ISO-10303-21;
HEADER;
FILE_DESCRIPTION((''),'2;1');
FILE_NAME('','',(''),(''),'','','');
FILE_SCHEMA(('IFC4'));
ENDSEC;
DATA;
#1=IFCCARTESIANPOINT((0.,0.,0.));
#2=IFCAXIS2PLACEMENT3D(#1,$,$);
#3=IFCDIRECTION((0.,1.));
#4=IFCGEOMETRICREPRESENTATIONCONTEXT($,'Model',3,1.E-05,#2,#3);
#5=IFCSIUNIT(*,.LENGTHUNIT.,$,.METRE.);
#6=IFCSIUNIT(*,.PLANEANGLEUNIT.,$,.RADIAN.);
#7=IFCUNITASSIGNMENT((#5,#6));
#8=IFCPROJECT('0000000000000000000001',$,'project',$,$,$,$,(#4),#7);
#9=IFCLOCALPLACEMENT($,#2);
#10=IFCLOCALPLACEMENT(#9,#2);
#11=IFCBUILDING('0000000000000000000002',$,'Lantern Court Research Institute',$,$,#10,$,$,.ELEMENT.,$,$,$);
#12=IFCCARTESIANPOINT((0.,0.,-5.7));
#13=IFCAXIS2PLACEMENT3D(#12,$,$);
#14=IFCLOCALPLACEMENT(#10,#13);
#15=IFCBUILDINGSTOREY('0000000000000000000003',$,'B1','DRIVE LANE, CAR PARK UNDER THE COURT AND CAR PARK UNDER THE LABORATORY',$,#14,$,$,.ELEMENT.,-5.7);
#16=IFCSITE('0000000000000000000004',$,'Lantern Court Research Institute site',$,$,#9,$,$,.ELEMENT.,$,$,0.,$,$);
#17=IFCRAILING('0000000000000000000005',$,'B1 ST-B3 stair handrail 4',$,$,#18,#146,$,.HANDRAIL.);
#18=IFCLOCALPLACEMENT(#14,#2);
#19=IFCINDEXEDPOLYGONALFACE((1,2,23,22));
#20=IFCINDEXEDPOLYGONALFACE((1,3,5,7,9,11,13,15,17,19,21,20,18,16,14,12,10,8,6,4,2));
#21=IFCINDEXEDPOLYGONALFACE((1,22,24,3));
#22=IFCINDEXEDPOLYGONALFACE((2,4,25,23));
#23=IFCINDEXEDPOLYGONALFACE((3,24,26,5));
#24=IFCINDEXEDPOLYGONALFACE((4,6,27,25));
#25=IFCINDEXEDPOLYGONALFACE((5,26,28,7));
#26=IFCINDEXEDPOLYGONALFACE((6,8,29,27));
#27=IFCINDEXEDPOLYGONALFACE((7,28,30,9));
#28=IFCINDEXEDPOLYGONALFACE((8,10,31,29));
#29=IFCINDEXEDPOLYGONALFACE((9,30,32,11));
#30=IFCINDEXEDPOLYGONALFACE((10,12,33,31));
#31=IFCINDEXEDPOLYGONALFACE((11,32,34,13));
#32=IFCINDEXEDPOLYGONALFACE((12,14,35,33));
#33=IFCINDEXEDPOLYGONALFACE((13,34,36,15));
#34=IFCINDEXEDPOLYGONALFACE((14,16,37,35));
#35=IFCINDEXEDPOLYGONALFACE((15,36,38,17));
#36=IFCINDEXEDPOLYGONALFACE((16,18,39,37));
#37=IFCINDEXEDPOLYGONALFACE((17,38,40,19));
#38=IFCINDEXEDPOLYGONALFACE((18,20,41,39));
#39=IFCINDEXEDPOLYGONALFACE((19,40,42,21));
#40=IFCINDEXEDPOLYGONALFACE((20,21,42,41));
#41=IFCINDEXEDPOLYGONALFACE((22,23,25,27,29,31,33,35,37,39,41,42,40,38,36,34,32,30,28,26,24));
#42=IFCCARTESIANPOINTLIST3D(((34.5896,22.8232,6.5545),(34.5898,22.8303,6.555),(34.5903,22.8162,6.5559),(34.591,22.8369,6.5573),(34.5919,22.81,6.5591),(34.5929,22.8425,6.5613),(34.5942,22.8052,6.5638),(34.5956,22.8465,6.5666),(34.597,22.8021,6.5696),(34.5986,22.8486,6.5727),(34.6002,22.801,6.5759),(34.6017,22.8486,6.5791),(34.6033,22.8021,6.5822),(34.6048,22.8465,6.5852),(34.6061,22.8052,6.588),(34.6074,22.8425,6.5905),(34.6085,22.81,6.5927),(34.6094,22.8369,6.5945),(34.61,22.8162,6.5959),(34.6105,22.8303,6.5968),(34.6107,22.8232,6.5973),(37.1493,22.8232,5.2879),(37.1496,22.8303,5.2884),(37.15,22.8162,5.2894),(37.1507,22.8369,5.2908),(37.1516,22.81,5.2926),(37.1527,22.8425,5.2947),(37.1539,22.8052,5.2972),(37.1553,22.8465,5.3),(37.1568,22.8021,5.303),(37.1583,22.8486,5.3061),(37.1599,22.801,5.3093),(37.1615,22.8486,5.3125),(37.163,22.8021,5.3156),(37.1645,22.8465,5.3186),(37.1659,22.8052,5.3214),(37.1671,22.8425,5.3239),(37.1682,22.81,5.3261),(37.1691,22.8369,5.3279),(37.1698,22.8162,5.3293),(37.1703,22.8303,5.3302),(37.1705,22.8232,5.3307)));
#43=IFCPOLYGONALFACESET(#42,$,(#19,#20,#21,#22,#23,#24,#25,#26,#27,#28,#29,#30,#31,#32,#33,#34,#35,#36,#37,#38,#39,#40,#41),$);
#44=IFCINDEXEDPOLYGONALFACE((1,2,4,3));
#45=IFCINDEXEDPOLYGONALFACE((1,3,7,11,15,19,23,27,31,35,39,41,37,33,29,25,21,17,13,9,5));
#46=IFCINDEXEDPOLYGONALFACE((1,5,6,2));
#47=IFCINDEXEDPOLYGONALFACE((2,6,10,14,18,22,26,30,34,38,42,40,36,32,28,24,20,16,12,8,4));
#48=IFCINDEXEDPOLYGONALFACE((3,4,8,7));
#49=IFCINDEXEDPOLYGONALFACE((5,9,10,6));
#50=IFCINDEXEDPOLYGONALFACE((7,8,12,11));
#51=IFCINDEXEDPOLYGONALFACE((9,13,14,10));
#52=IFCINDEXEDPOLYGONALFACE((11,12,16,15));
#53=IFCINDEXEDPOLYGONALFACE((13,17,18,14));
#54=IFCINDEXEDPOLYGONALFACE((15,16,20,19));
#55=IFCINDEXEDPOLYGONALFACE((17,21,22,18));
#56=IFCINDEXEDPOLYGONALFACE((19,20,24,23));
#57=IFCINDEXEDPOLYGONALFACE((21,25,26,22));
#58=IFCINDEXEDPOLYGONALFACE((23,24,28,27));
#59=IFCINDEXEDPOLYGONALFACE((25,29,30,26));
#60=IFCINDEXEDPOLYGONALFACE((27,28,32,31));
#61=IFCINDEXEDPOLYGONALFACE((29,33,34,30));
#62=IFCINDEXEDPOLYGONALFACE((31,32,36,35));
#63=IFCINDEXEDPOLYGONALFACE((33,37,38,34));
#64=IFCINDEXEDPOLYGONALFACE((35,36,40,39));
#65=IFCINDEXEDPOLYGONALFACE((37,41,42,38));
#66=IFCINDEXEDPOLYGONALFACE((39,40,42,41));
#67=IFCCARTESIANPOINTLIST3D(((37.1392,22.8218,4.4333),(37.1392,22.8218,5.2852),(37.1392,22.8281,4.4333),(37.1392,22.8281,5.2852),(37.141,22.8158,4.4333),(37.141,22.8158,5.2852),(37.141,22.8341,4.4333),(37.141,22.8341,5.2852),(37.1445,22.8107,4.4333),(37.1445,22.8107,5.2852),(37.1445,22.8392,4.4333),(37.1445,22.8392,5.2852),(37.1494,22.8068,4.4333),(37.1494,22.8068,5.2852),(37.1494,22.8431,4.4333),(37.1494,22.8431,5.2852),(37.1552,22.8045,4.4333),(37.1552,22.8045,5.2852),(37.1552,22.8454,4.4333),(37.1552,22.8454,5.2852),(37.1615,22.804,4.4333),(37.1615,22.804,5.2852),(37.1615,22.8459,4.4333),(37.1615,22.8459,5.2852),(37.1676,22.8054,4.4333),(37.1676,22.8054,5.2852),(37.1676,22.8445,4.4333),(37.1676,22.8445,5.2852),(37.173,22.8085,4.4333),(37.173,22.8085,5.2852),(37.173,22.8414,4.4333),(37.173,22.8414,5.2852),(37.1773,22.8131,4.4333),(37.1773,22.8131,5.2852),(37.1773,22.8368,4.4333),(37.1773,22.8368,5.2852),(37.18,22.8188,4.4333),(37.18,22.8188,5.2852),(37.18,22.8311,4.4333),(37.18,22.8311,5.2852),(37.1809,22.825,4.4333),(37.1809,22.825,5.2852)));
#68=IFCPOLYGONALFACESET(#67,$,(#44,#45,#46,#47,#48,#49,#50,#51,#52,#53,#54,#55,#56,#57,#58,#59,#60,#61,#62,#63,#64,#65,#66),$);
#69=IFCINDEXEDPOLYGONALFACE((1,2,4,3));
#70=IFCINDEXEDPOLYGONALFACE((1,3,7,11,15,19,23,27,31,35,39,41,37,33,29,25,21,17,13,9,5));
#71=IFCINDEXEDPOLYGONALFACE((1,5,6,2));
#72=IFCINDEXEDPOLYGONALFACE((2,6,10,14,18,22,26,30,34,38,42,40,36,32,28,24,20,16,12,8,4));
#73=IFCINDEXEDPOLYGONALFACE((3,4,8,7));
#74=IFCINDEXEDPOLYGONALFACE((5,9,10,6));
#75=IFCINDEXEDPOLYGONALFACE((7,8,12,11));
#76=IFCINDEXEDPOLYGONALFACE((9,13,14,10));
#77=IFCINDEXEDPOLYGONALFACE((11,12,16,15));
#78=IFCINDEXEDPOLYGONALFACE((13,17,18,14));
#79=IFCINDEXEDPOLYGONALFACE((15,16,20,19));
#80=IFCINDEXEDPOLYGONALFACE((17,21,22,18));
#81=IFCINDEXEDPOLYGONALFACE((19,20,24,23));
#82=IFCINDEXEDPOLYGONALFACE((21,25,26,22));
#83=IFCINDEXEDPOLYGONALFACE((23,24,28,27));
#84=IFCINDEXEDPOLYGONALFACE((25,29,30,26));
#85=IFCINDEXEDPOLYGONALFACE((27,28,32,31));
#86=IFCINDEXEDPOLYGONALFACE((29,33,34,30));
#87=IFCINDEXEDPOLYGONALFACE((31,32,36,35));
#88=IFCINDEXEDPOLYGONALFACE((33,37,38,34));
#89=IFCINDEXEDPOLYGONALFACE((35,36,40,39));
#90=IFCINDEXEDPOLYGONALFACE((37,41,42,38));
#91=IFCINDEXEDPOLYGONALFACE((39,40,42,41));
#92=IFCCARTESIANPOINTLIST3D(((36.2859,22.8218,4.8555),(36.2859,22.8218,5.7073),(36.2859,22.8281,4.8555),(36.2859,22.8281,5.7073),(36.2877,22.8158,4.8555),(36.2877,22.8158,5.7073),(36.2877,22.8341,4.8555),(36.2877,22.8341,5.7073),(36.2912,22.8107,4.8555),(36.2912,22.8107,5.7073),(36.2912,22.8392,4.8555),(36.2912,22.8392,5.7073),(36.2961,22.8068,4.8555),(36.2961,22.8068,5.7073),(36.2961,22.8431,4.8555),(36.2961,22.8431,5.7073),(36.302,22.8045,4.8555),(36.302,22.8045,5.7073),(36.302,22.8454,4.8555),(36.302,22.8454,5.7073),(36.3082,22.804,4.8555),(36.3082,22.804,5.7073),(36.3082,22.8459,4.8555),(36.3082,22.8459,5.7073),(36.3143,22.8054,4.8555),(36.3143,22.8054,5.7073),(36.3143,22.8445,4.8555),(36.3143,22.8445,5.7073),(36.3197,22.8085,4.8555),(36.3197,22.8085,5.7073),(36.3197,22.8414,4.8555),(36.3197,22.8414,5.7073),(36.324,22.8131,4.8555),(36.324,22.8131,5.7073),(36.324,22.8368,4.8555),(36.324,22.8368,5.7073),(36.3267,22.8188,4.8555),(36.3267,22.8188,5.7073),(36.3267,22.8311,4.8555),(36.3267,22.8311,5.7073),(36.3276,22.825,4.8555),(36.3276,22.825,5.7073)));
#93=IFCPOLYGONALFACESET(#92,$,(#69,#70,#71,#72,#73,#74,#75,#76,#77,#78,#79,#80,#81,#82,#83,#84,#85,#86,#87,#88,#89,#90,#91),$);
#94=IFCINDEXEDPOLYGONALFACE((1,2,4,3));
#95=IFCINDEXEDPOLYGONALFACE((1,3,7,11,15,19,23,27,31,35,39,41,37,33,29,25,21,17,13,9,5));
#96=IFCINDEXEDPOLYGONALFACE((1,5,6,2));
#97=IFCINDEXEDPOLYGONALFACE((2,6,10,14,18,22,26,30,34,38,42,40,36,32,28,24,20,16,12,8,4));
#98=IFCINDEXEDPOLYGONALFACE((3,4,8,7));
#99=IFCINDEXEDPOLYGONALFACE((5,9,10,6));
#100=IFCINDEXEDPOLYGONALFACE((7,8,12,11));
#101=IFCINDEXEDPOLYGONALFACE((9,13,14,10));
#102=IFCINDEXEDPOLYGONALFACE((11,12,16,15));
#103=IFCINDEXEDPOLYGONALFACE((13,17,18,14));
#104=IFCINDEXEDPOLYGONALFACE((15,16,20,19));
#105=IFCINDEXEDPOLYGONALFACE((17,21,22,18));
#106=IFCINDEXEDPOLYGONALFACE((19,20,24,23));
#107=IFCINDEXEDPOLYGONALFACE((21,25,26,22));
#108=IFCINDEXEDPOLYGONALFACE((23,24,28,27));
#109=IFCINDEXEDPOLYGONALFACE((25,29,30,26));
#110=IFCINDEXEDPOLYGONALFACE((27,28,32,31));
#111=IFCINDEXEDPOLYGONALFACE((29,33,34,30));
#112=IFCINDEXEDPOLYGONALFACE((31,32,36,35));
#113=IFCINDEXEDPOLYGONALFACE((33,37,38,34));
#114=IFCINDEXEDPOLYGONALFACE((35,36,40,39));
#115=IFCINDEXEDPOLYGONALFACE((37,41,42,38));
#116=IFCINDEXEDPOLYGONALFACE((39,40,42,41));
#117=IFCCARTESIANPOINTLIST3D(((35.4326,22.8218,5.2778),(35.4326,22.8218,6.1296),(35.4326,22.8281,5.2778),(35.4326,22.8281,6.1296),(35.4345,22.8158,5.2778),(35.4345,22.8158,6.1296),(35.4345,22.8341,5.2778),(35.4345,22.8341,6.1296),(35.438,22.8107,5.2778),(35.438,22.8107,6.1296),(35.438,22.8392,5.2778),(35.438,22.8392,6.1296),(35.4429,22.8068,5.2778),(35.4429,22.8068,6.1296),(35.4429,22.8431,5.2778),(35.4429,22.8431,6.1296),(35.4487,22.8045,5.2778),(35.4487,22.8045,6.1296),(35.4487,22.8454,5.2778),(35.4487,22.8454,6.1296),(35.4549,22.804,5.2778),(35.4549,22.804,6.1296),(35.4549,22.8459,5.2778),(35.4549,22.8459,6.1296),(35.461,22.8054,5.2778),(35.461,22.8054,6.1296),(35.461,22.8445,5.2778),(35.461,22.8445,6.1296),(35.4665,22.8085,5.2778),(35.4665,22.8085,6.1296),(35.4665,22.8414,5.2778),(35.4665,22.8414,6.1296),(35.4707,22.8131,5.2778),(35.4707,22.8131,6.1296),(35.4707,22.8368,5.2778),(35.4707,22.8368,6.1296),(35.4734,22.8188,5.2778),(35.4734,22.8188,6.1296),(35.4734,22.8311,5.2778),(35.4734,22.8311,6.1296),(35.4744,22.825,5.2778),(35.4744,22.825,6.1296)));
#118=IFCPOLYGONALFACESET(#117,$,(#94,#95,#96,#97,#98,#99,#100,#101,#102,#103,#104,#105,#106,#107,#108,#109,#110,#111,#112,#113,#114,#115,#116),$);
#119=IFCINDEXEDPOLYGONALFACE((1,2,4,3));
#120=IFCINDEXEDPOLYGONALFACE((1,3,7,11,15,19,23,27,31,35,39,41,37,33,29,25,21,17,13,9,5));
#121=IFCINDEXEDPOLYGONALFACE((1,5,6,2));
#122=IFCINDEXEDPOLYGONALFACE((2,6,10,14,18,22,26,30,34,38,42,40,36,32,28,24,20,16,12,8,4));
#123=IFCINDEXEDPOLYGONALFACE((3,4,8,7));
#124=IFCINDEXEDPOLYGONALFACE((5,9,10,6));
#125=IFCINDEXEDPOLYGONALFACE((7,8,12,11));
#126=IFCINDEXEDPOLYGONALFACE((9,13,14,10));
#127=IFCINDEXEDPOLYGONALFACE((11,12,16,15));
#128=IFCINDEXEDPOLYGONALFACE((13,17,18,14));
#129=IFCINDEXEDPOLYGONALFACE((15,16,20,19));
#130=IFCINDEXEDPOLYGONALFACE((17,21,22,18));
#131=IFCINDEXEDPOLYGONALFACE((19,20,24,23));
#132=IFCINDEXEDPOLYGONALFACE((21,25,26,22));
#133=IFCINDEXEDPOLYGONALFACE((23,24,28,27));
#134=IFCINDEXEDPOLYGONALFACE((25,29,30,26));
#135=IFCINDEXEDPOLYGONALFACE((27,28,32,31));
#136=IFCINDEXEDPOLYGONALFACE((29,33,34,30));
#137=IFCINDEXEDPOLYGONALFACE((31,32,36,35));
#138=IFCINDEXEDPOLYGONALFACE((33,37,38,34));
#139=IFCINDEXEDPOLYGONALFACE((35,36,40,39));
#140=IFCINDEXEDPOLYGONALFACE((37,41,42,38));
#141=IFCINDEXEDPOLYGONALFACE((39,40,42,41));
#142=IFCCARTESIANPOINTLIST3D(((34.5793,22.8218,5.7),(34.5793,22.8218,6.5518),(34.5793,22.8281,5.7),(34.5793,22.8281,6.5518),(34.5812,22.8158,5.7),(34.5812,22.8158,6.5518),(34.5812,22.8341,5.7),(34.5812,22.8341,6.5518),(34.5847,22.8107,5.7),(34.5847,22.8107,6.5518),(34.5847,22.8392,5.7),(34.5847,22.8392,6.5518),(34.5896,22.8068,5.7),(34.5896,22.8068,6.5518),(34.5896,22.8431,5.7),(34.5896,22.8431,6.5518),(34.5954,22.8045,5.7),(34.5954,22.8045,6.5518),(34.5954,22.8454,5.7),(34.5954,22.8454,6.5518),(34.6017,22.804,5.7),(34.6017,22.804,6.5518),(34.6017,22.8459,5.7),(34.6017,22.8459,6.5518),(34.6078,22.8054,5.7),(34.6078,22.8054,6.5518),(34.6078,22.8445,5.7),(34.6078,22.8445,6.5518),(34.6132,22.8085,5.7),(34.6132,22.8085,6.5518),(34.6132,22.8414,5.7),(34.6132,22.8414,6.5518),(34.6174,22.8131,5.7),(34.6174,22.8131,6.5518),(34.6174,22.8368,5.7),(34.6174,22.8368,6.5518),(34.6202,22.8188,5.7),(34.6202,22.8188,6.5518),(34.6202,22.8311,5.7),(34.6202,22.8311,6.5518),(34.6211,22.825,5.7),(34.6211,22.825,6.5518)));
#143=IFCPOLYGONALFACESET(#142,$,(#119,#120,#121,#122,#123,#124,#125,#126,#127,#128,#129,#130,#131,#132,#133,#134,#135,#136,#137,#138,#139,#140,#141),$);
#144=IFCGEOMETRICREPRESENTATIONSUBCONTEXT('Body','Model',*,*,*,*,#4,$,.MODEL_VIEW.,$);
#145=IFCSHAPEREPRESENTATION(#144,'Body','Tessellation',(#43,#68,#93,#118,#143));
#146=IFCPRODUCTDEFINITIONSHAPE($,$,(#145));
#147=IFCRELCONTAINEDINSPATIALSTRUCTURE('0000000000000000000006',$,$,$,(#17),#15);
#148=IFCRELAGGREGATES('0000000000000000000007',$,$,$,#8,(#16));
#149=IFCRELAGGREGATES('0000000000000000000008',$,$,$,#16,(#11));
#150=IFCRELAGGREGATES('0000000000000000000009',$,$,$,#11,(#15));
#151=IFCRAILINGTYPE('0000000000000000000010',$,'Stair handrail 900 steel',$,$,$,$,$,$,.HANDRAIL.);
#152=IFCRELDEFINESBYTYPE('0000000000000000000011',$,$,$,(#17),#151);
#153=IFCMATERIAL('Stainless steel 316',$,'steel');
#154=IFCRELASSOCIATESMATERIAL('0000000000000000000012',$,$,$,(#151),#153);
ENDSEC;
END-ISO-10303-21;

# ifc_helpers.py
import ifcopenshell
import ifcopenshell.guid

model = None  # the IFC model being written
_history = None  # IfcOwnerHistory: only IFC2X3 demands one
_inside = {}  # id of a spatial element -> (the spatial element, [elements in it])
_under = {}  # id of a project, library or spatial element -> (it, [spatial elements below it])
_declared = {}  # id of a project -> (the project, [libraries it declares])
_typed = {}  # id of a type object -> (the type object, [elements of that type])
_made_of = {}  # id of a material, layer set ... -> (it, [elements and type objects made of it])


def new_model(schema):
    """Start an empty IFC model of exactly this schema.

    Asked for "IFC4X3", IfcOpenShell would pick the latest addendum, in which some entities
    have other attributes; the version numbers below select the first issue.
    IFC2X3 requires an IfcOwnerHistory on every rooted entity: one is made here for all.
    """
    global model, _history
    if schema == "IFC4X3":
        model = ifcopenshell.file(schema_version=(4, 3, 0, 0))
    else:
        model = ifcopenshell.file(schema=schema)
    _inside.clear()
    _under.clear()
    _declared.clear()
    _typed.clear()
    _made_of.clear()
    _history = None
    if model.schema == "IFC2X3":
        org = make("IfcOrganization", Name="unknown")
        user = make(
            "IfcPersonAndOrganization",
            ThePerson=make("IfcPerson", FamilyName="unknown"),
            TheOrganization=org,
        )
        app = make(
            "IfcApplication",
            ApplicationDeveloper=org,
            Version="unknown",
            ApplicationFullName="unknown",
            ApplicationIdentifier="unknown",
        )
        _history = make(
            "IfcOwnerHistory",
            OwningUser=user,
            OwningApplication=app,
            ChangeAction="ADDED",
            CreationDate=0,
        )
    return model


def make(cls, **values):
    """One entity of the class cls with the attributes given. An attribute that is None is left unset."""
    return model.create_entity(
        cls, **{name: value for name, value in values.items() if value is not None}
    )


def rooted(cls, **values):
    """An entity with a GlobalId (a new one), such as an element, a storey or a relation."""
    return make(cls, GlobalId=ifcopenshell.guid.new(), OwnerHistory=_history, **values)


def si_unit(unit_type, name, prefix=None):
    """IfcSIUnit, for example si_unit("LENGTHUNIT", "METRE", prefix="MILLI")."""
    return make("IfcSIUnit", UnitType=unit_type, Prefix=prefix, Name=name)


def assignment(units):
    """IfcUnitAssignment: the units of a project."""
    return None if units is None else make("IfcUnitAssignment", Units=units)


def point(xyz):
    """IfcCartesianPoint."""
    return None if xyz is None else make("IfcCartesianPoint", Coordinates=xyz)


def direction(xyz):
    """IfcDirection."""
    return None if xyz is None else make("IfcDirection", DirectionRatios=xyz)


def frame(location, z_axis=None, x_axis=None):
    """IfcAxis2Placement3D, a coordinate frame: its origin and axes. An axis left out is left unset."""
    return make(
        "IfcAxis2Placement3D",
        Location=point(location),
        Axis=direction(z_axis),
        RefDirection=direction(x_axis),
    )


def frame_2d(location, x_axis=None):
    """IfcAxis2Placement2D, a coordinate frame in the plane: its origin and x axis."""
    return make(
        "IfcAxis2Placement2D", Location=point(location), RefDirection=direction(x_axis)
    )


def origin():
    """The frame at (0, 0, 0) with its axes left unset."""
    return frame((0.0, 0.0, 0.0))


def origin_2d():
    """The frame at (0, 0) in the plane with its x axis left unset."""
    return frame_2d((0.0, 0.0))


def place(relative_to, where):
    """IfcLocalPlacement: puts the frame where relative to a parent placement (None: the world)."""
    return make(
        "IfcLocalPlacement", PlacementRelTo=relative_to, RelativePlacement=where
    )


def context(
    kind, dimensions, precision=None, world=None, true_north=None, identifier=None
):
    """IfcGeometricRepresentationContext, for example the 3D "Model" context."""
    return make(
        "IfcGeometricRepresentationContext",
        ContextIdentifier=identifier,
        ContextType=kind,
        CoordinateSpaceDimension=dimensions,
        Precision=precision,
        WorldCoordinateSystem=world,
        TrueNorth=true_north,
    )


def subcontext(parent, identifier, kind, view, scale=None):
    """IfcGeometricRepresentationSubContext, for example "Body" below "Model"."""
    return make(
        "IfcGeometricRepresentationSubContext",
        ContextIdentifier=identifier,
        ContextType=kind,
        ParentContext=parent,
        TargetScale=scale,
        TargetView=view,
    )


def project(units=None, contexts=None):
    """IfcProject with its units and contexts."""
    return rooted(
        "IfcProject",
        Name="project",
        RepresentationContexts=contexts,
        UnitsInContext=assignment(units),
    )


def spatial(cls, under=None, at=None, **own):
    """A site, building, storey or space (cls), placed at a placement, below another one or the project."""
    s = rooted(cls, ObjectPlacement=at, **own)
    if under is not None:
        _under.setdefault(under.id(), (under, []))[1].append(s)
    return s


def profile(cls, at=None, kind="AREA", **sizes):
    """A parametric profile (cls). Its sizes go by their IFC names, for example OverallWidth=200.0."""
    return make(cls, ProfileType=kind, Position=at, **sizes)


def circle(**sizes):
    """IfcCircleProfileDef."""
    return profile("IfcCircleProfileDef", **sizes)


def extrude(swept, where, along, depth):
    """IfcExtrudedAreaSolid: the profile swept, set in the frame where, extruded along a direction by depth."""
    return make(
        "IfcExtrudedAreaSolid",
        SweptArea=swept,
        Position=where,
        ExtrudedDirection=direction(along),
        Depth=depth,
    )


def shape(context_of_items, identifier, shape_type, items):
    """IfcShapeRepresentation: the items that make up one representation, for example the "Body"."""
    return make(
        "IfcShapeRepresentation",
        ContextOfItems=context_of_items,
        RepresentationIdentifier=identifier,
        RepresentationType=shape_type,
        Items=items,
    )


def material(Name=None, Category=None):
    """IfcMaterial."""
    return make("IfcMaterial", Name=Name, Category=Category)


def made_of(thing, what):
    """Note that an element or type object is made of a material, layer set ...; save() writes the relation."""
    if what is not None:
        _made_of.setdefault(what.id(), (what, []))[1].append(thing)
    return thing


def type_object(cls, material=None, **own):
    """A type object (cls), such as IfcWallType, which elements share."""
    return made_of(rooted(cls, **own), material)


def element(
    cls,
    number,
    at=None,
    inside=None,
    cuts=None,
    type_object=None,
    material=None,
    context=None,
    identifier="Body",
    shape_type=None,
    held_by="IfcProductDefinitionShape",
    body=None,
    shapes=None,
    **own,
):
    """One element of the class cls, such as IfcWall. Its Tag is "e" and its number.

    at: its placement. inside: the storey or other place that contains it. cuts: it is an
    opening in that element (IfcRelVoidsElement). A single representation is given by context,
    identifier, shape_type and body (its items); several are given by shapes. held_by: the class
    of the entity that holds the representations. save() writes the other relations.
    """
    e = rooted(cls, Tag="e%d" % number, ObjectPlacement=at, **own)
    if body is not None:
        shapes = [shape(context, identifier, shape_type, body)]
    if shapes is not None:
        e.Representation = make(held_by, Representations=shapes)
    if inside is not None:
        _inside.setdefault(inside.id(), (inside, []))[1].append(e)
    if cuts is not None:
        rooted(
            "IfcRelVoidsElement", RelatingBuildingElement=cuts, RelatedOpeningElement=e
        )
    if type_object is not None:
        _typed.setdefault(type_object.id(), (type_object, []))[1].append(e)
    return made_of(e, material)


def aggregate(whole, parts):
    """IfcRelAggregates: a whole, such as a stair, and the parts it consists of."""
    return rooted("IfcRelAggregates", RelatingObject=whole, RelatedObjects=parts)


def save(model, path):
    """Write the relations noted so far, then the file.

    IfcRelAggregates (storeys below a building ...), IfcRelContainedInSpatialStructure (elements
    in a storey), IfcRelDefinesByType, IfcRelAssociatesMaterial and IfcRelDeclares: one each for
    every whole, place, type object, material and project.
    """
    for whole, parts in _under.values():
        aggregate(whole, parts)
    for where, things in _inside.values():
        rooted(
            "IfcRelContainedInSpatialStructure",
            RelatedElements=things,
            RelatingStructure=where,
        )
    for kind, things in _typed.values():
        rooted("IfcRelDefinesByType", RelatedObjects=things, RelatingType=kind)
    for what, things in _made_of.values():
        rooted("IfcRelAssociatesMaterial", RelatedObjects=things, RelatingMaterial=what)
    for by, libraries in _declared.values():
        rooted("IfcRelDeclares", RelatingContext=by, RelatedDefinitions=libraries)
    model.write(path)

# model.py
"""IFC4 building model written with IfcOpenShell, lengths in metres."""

from ifc_helpers import new_model, si_unit, direction, frame, origin, origin_2d, place, context, subcontext, project, spatial, circle, extrude, material, type_object, element, save


model = new_model("IFC4")

# Units and contexts
model_context = context("Model", 3, precision=1e-05, world=origin(), true_north=direction((0.0, 1.0)))
body_context = subcontext(model_context, "Body", "Model", "MODEL_VIEW")
ifc_project = project(units=[si_unit("LENGTHUNIT", "METRE"), si_unit("PLANEANGLEUNIT", "RADIAN")], contexts=[model_context])

# Site, building, storey
site_placement = place(None, origin())
site = spatial("IfcSite", under=ifc_project, at=site_placement, Name="Lantern Court Research Institute site", CompositionType="ELEMENT", RefElevation=0.0)
building_placement = place(site_placement, origin())
building = spatial("IfcBuilding", under=site, at=building_placement, Name="Lantern Court Research Institute", CompositionType="ELEMENT")
storey_placement = place(building_placement, frame((0.0, 0.0, -5.7)))
storey = spatial("IfcBuildingStorey", under=building, at=storey_placement, Name="B1", Description="DRIVE LANE, CAR PARK UNDER THE COURT AND CAR PARK UNDER THE LABORATORY", CompositionType="ELEMENT", Elevation=-5.7)

# Railing
ifc_material_1 = material(Name="Stainless steel 316", Category="steel")
railing_type_1 = type_object("IfcRailingType", Name="Stair handrail 900 steel", PredefinedType="HANDRAIL", material=ifc_material_1)
for number, where, name in (
    (1, (37.1599, 22.825, 4.4333), "B1 ST-B3 stair handrail 4"),
):
    element("IfcRailing", number, at=place(storey_placement, frame(where)), inside=storey, type_object=railing_type_1, Name=name, PredefinedType="HANDRAIL", context=body_context, shape_type="SweptSolid", body=[
        extrude(circle(Radius=0.0239, at=origin_2d()), frame((0.0, 0.0, 0.876), z_axis=(-0.896283, 0.0, 0.443483), x_axis=(0.0, -1.0, 0.0)), (0.0, 0.0, 1.0), 2.856),
        extrude(circle(Radius=0.021, at=origin_2d()), origin(), (0.0, 0.0, 1.0), 0.8518),
        extrude(circle(Radius=0.021, at=origin_2d()), frame((-0.8533, 0.0, 0.4221)), (0.0, 0.0, 1.0), 0.8518),
        extrude(circle(Radius=0.021, at=origin_2d()), frame((-1.7065, 0.0, 0.8445)), (0.0, 0.0, 1.0), 0.8518),
        extrude(circle(Radius=0.021, at=origin_2d()), frame((-2.5598, 0.0, 1.2666)), (0.0, 0.0, 1.0), 0.8518),
    ])

save(model, "model.ifc")
